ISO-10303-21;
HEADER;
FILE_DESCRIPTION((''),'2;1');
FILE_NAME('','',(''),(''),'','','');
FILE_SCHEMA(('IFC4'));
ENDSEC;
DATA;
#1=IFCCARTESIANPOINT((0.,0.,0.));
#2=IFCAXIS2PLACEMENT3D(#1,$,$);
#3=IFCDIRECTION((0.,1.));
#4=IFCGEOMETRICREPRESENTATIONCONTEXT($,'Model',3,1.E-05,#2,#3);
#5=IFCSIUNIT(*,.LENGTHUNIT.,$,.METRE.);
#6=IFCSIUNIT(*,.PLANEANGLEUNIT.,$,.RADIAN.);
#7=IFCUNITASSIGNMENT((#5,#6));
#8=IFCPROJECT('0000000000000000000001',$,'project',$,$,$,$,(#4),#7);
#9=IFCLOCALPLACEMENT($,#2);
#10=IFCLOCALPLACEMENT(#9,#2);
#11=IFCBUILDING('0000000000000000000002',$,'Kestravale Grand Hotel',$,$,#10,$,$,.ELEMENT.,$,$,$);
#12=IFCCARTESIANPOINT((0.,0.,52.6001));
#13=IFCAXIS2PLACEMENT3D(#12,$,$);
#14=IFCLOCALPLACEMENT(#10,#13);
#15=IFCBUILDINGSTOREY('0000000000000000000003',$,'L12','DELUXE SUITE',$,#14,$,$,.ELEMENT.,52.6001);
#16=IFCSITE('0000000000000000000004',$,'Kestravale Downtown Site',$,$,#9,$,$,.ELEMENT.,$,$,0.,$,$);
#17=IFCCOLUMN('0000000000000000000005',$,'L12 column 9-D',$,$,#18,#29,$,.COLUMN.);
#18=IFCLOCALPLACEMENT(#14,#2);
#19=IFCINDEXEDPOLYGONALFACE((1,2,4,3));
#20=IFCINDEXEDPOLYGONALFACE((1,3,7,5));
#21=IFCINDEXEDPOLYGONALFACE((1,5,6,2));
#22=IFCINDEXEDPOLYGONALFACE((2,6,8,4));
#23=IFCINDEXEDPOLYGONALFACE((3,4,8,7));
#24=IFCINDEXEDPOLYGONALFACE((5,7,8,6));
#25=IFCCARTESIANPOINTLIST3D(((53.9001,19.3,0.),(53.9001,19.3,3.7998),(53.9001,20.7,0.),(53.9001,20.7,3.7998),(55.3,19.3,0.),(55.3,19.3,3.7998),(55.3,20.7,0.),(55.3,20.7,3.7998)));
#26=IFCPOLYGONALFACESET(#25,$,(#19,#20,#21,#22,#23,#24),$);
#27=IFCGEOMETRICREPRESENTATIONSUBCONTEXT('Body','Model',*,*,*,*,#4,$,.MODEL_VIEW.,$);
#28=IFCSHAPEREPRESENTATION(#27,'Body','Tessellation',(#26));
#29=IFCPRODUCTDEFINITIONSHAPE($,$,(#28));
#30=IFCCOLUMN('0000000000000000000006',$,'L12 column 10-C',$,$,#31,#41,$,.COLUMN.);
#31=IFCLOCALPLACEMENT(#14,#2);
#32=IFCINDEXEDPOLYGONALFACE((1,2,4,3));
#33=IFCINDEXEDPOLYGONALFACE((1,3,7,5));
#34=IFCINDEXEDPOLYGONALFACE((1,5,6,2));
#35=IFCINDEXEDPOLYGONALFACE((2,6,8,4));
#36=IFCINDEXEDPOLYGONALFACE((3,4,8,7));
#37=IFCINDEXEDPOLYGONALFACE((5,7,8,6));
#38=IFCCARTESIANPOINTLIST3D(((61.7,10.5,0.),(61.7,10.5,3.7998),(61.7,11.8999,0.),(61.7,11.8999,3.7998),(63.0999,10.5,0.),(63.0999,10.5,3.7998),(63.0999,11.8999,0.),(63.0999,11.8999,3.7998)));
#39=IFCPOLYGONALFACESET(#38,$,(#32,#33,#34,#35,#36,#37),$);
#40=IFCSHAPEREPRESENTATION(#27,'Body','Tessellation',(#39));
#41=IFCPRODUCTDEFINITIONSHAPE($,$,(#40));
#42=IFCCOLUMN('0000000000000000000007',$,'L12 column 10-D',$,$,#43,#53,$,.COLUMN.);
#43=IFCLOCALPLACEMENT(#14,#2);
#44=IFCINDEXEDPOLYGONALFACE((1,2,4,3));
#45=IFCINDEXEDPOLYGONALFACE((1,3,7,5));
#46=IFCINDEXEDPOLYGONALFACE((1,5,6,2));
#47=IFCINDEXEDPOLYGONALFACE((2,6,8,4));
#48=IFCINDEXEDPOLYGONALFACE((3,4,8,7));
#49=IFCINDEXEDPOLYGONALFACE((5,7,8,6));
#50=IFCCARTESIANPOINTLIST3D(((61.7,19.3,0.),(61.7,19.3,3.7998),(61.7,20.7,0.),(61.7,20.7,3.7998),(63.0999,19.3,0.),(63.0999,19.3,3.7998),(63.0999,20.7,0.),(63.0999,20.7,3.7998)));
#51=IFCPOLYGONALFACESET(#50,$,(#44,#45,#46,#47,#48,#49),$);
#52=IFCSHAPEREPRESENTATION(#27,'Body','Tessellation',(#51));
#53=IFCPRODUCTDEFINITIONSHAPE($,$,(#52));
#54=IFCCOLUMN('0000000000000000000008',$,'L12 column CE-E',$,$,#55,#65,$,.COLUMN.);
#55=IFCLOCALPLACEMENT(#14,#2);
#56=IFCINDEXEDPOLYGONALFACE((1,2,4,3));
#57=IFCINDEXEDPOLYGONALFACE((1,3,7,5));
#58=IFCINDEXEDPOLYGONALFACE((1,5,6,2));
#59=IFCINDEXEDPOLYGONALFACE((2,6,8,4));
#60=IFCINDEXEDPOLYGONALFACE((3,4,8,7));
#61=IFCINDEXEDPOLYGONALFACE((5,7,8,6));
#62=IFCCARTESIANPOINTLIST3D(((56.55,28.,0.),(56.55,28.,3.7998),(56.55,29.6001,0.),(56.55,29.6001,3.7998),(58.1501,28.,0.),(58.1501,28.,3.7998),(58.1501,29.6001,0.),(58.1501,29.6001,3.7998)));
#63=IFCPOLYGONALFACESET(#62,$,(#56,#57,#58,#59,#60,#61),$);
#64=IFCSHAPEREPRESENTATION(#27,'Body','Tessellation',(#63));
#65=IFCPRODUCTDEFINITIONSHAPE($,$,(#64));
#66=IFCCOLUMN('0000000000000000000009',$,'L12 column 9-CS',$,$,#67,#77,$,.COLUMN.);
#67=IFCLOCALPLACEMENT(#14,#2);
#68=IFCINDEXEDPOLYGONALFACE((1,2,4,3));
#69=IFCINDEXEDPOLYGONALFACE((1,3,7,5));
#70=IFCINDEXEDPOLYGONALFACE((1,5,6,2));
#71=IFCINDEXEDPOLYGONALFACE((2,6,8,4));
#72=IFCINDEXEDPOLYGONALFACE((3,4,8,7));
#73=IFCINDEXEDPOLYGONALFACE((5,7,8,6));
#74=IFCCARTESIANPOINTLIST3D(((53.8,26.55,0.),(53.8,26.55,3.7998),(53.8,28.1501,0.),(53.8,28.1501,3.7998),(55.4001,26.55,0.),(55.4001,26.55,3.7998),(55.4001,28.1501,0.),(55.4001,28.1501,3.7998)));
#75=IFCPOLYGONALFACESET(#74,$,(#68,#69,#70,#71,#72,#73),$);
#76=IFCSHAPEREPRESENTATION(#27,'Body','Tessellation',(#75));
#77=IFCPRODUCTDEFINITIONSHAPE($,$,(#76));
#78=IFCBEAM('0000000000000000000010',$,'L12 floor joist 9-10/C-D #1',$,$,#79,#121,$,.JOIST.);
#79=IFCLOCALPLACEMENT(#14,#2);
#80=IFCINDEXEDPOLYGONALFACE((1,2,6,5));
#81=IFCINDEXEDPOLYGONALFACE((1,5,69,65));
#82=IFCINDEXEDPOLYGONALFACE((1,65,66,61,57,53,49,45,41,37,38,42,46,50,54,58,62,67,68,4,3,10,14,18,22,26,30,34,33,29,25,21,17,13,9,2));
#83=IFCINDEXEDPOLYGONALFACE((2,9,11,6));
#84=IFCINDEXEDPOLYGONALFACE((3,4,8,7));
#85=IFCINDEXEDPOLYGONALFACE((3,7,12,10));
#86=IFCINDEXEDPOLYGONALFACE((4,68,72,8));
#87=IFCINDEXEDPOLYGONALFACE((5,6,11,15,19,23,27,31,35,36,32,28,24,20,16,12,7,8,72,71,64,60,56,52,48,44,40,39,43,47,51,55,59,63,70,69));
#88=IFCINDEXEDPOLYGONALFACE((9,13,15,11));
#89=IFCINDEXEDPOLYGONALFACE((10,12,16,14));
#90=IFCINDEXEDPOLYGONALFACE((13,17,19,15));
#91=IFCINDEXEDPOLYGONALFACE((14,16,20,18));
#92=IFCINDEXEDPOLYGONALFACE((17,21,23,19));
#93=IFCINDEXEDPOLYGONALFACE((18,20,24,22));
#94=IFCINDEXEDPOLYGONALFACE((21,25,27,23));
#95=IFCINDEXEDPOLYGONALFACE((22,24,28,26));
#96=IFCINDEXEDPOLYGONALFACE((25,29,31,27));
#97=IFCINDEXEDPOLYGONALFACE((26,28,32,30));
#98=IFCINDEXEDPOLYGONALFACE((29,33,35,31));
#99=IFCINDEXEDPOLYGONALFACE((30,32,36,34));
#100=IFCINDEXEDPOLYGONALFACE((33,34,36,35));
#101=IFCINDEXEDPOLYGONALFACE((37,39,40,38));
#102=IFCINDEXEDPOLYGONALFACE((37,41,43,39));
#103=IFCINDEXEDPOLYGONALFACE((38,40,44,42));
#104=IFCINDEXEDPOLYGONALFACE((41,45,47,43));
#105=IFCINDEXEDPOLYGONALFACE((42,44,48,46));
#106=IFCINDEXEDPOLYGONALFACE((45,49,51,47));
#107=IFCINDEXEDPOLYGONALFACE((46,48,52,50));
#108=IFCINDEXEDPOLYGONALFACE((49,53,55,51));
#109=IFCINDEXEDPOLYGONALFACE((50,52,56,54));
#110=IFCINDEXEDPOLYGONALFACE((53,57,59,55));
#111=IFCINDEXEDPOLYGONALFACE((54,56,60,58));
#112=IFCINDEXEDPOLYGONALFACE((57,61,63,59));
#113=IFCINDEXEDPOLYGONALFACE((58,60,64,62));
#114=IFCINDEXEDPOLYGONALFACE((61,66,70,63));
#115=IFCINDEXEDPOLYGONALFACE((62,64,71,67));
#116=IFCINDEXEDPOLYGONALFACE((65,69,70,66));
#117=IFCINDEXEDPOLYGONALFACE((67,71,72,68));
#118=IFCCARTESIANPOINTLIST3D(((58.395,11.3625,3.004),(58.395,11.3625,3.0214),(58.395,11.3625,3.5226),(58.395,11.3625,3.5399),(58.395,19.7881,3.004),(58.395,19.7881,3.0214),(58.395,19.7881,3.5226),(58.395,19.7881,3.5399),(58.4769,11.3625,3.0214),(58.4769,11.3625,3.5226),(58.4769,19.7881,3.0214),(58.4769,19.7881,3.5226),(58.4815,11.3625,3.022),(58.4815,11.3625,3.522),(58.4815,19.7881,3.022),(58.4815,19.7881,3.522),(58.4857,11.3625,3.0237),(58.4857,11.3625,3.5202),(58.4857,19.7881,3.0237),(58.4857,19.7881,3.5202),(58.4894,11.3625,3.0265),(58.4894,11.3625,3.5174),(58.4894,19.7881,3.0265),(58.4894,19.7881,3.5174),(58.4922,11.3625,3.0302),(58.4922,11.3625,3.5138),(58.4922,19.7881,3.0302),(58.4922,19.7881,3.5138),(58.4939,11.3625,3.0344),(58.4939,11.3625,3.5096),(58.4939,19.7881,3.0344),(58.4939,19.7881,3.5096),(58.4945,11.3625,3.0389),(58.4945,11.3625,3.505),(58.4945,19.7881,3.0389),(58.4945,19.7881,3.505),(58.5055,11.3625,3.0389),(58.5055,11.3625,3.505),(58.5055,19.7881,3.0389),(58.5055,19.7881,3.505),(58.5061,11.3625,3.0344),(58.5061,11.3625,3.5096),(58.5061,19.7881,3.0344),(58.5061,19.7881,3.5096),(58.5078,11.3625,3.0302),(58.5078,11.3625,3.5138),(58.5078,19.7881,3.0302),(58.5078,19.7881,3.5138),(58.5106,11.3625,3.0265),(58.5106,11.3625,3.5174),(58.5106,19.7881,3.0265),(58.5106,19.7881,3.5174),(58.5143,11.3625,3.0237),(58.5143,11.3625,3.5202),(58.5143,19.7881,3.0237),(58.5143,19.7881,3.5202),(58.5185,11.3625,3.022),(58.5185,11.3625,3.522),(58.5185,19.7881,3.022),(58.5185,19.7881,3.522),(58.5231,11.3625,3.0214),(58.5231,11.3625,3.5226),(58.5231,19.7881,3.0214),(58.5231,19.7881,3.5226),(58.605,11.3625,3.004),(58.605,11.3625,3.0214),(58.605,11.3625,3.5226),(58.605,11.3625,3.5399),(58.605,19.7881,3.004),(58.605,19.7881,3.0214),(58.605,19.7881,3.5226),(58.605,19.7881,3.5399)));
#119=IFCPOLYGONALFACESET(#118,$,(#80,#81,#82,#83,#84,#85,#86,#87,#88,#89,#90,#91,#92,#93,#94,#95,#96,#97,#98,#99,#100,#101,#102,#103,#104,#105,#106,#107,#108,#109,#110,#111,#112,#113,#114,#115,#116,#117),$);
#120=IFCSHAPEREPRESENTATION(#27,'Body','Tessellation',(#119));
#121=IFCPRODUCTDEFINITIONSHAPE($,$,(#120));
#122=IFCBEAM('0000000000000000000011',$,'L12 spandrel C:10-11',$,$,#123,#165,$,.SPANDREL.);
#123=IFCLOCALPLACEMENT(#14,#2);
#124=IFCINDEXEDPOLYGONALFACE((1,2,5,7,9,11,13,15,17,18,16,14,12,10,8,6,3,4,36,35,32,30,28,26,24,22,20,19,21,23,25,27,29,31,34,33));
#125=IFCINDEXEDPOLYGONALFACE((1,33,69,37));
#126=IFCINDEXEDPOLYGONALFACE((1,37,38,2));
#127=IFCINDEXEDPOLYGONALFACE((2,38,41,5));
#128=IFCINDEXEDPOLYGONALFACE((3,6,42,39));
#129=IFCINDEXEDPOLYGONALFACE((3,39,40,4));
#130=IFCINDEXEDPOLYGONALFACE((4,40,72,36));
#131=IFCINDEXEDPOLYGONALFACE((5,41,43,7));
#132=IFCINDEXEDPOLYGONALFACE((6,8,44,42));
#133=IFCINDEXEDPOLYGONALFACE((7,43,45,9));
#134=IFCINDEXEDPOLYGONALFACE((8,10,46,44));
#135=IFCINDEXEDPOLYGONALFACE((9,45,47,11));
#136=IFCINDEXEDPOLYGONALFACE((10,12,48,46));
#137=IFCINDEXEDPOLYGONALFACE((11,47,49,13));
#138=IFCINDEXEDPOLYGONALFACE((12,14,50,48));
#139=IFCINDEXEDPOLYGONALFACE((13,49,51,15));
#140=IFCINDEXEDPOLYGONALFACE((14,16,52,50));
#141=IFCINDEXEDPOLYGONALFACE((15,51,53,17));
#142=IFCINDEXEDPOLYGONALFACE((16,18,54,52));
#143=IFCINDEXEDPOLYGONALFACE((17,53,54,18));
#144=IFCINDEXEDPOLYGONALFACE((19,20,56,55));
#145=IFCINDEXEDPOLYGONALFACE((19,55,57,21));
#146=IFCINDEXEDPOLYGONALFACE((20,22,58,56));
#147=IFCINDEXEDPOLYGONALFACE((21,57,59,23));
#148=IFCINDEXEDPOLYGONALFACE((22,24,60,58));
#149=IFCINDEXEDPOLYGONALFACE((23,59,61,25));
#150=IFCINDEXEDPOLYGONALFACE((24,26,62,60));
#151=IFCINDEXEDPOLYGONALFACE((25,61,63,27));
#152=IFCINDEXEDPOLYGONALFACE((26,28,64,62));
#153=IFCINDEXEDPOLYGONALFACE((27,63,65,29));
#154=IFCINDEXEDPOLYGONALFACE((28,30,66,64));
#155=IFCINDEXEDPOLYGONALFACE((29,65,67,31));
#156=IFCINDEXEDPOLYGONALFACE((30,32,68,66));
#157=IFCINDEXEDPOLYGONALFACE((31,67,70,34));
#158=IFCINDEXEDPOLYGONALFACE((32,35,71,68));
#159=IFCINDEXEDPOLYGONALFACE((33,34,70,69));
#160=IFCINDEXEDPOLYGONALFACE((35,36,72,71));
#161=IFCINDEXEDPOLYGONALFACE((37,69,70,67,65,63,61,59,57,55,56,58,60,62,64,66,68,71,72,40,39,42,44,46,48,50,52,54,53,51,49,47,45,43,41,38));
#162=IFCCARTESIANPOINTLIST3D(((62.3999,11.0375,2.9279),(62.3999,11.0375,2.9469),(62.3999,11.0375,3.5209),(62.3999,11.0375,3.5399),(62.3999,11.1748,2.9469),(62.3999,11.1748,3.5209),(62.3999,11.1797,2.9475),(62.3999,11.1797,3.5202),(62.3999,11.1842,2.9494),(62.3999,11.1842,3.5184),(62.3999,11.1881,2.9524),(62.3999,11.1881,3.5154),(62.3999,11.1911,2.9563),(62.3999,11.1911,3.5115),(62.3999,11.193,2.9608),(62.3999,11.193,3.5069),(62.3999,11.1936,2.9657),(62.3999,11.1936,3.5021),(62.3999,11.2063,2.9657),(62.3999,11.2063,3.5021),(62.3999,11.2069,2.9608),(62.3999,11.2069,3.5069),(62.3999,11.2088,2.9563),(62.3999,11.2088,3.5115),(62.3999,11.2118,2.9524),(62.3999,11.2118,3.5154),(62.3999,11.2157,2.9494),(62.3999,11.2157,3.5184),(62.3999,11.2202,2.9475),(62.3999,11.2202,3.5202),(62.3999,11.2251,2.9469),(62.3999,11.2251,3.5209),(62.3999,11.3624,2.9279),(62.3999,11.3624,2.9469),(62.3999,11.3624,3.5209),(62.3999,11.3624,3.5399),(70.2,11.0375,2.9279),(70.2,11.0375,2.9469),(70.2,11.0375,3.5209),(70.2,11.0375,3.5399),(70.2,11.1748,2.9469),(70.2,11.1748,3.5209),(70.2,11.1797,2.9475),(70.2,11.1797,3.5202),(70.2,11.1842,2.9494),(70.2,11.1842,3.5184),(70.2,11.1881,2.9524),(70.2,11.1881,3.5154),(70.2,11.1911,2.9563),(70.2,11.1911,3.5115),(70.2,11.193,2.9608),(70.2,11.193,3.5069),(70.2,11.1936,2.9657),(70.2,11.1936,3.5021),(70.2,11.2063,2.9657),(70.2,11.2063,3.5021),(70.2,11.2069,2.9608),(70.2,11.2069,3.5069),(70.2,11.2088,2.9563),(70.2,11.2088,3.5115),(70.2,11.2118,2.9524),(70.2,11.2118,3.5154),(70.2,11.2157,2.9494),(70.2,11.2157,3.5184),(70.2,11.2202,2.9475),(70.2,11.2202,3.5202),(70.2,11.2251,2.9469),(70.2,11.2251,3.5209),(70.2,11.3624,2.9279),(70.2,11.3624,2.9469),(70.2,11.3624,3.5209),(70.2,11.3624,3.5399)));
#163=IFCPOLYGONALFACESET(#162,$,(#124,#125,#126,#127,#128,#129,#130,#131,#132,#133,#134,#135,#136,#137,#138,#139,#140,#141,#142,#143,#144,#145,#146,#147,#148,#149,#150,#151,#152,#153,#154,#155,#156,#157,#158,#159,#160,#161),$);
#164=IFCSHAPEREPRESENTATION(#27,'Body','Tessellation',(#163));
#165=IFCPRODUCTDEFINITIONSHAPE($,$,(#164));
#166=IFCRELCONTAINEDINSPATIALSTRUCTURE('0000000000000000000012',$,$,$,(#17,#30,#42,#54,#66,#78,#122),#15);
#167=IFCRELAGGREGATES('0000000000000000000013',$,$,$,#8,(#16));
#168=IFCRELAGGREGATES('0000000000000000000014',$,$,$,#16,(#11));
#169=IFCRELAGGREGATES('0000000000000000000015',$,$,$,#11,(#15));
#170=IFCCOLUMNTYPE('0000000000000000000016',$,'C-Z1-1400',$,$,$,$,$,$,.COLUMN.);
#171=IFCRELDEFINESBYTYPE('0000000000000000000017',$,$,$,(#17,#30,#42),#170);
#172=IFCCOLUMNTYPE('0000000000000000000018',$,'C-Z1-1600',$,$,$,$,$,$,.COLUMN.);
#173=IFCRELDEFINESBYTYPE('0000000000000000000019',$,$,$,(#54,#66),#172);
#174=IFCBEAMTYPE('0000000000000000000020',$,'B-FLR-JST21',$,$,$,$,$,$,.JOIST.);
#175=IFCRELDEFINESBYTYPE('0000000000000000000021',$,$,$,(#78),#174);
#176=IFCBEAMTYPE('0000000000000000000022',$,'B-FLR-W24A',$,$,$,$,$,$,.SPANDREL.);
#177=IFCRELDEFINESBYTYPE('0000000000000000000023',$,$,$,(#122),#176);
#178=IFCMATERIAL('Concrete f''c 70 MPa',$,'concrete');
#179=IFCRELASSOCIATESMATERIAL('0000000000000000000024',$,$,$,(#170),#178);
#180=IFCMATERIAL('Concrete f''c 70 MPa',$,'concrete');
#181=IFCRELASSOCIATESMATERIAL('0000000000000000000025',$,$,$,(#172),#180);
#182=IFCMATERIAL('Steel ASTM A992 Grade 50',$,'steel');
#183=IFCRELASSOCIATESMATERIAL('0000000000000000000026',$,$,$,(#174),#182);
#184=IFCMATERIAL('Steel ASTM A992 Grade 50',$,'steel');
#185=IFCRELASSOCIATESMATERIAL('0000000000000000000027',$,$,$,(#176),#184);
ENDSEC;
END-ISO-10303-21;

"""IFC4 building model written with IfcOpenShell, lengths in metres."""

from ifc_helpers import new_model, si_unit, direction, frame, origin, origin_2d, place, context, subcontext, project, spatial, rectangle, i_section, extrude, material, material_profile, profile_set, type_object, element, save


model = new_model("IFC4")

# Units and contexts
model_context = context("Model", 3, precision=1e-05, world=origin(), true_north=direction((0.0, 1.0)))
body_context = subcontext(model_context, "Body", "Model", "MODEL_VIEW")
ifc_project = project(units=[si_unit("LENGTHUNIT", "METRE"), si_unit("PLANEANGLEUNIT", "RADIAN")], contexts=[model_context])

# Site, building, storey
site_placement = place(None, origin())
site = spatial("IfcSite", under=ifc_project, at=site_placement, Name="Kestravale Downtown Site", CompositionType="ELEMENT", RefElevation=0.0)
building_placement = place(site_placement, origin())
building = spatial("IfcBuilding", under=site, at=building_placement, Name="Kestravale Grand Hotel", CompositionType="ELEMENT")
storey_placement = place(building_placement, frame((0.0, 0.0, 52.6001)))
storey = spatial("IfcBuildingStorey", under=building, at=storey_placement, Name="L12", Description="DELUXE SUITE", CompositionType="ELEMENT", Elevation=52.6001)

# Columns
ifc_material_1 = material(Name="Concrete f'c 70 MPa", Category="concrete")
ifc_material_profile_1 = material_profile(ifc_material_1, rectangle(XDim=1.3999, YDim=1.3999, at=origin_2d()))
ifc_profile_set_1 = profile_set([ifc_material_profile_1], Name="Concrete f'c 70 MPa")
column_type_1 = type_object("IfcColumnType", Name="C-Z1-1400", PredefinedType="COLUMN", material=ifc_profile_set_1)
for number, where, z_axis, x_axis, name in (
    (1, (54.6001, 20.0, 0.0), (0.0, 0.0, 1.0), (1.0, 0.0, 0.0), "L12 column 9-D"),
    (2, (62.3999, 11.2, 0.0), (0.0, 0.0, 1.0), (1.0, 0.0, 0.0), "L12 column 10-C"),
    (3, (62.3999, 20.0, 0.0), (0.0, 0.0, 1.0), (1.0, 0.0, 0.0), "L12 column 10-D"),
):
    element("IfcColumn", number, at=place(storey_placement, frame(where, z_axis=z_axis, x_axis=x_axis)), inside=storey, type_object=column_type_1, Name=name, PredefinedType="COLUMN", context=body_context, shape_type="SweptSolid", body=[
        extrude(rectangle(XDim=1.3999, YDim=1.3999, at=origin_2d()), origin(), (0.0, 0.0, 1.0), 3.7998),
    ])
ifc_material_2 = material(Name="Concrete f'c 70 MPa", Category="concrete")
ifc_material_profile_2 = material_profile(ifc_material_2, rectangle(XDim=1.6001, YDim=1.6001, at=origin_2d()))
ifc_profile_set_2 = profile_set([ifc_material_profile_2], Name="Concrete f'c 70 MPa")
column_type_2 = type_object("IfcColumnType", Name="C-Z1-1600", PredefinedType="COLUMN", material=ifc_profile_set_2)
for number, where, z_axis, x_axis, name in (
    (4, (57.3501, 28.8, 0.0), (0.0, 0.0, 1.0), (1.0, 0.0, 0.0), "L12 column CE-E"),
    (5, (54.6001, 27.3501, 0.0), (0.0, 0.0, 1.0), (1.0, 0.0, 0.0), "L12 column 9-CS"),
):
    element("IfcColumn", number, at=place(storey_placement, frame(where, z_axis=z_axis, x_axis=x_axis)), inside=storey, type_object=column_type_2, Name=name, PredefinedType="COLUMN", context=body_context, shape_type="SweptSolid", body=[
        extrude(rectangle(XDim=1.6001, YDim=1.6001, at=origin_2d()), origin(), (0.0, 0.0, 1.0), 3.7998),
    ])

# Beams
ifc_material_3 = material(Name="Steel ASTM A992 Grade 50", Category="steel")
ifc_material_profile_3 = material_profile(ifc_material_3, i_section(OverallWidth=0.21, OverallDepth=0.5359, WebThickness=0.011, FlangeThickness=0.0173, FilletRadius=0.0176, at=origin_2d()))
ifc_profile_set_3 = profile_set([ifc_material_profile_3], Name="Steel ASTM A992 Grade 50")
beam_type_1 = type_object("IfcBeamType", Name="B-FLR-JST21", PredefinedType="JOIST", material=ifc_profile_set_3)
beam_1_placement = place(storey_placement, frame((58.5, 11.3625, 3.272), z_axis=(0.0, 1.0, 0.0), x_axis=(-1.0, 0.0, 0.0)))
element("IfcBeam", 6, at=beam_1_placement, inside=storey, type_object=beam_type_1, Name="L12 floor joist 9-10/C-D #1", PredefinedType="JOIST", context=body_context, shape_type="SweptSolid", body=[
    extrude(i_section(OverallWidth=0.21, OverallDepth=0.5359, WebThickness=0.011, FlangeThickness=0.0173, FilletRadius=0.0176, at=origin_2d()), origin(), (0.0, 0.0, 1.0), 8.4255),
])
ifc_material_4 = material(Name="Steel ASTM A992 Grade 50", Category="steel")
ifc_material_profile_4 = material_profile(ifc_material_4, i_section(OverallWidth=0.325, OverallDepth=0.6121, WebThickness=0.0127, FlangeThickness=0.019, FilletRadius=0.0188, at=origin_2d()))
ifc_profile_set_4 = profile_set([ifc_material_profile_4], Name="Steel ASTM A992 Grade 50")
beam_type_2 = type_object("IfcBeamType", Name="B-FLR-W24A", PredefinedType="SPANDREL", material=ifc_profile_set_4)
beam_2_placement = place(storey_placement, frame((62.3999, 11.2, 3.2339), z_axis=(1.0, 0.0, 0.0), x_axis=(0.0, 1.0, 0.0)))
element("IfcBeam", 7, at=beam_2_placement, inside=storey, type_object=beam_type_2, Name="L12 spandrel C:10-11", PredefinedType="SPANDREL", context=body_context, shape_type="SweptSolid", body=[
    extrude(i_section(OverallWidth=0.325, OverallDepth=0.6121, WebThickness=0.0127, FlangeThickness=0.019, FilletRadius=0.0188, at=origin_2d()), origin(), (0.0, 0.0, 1.0), 7.8),
])

save(model, "model.ifc")
